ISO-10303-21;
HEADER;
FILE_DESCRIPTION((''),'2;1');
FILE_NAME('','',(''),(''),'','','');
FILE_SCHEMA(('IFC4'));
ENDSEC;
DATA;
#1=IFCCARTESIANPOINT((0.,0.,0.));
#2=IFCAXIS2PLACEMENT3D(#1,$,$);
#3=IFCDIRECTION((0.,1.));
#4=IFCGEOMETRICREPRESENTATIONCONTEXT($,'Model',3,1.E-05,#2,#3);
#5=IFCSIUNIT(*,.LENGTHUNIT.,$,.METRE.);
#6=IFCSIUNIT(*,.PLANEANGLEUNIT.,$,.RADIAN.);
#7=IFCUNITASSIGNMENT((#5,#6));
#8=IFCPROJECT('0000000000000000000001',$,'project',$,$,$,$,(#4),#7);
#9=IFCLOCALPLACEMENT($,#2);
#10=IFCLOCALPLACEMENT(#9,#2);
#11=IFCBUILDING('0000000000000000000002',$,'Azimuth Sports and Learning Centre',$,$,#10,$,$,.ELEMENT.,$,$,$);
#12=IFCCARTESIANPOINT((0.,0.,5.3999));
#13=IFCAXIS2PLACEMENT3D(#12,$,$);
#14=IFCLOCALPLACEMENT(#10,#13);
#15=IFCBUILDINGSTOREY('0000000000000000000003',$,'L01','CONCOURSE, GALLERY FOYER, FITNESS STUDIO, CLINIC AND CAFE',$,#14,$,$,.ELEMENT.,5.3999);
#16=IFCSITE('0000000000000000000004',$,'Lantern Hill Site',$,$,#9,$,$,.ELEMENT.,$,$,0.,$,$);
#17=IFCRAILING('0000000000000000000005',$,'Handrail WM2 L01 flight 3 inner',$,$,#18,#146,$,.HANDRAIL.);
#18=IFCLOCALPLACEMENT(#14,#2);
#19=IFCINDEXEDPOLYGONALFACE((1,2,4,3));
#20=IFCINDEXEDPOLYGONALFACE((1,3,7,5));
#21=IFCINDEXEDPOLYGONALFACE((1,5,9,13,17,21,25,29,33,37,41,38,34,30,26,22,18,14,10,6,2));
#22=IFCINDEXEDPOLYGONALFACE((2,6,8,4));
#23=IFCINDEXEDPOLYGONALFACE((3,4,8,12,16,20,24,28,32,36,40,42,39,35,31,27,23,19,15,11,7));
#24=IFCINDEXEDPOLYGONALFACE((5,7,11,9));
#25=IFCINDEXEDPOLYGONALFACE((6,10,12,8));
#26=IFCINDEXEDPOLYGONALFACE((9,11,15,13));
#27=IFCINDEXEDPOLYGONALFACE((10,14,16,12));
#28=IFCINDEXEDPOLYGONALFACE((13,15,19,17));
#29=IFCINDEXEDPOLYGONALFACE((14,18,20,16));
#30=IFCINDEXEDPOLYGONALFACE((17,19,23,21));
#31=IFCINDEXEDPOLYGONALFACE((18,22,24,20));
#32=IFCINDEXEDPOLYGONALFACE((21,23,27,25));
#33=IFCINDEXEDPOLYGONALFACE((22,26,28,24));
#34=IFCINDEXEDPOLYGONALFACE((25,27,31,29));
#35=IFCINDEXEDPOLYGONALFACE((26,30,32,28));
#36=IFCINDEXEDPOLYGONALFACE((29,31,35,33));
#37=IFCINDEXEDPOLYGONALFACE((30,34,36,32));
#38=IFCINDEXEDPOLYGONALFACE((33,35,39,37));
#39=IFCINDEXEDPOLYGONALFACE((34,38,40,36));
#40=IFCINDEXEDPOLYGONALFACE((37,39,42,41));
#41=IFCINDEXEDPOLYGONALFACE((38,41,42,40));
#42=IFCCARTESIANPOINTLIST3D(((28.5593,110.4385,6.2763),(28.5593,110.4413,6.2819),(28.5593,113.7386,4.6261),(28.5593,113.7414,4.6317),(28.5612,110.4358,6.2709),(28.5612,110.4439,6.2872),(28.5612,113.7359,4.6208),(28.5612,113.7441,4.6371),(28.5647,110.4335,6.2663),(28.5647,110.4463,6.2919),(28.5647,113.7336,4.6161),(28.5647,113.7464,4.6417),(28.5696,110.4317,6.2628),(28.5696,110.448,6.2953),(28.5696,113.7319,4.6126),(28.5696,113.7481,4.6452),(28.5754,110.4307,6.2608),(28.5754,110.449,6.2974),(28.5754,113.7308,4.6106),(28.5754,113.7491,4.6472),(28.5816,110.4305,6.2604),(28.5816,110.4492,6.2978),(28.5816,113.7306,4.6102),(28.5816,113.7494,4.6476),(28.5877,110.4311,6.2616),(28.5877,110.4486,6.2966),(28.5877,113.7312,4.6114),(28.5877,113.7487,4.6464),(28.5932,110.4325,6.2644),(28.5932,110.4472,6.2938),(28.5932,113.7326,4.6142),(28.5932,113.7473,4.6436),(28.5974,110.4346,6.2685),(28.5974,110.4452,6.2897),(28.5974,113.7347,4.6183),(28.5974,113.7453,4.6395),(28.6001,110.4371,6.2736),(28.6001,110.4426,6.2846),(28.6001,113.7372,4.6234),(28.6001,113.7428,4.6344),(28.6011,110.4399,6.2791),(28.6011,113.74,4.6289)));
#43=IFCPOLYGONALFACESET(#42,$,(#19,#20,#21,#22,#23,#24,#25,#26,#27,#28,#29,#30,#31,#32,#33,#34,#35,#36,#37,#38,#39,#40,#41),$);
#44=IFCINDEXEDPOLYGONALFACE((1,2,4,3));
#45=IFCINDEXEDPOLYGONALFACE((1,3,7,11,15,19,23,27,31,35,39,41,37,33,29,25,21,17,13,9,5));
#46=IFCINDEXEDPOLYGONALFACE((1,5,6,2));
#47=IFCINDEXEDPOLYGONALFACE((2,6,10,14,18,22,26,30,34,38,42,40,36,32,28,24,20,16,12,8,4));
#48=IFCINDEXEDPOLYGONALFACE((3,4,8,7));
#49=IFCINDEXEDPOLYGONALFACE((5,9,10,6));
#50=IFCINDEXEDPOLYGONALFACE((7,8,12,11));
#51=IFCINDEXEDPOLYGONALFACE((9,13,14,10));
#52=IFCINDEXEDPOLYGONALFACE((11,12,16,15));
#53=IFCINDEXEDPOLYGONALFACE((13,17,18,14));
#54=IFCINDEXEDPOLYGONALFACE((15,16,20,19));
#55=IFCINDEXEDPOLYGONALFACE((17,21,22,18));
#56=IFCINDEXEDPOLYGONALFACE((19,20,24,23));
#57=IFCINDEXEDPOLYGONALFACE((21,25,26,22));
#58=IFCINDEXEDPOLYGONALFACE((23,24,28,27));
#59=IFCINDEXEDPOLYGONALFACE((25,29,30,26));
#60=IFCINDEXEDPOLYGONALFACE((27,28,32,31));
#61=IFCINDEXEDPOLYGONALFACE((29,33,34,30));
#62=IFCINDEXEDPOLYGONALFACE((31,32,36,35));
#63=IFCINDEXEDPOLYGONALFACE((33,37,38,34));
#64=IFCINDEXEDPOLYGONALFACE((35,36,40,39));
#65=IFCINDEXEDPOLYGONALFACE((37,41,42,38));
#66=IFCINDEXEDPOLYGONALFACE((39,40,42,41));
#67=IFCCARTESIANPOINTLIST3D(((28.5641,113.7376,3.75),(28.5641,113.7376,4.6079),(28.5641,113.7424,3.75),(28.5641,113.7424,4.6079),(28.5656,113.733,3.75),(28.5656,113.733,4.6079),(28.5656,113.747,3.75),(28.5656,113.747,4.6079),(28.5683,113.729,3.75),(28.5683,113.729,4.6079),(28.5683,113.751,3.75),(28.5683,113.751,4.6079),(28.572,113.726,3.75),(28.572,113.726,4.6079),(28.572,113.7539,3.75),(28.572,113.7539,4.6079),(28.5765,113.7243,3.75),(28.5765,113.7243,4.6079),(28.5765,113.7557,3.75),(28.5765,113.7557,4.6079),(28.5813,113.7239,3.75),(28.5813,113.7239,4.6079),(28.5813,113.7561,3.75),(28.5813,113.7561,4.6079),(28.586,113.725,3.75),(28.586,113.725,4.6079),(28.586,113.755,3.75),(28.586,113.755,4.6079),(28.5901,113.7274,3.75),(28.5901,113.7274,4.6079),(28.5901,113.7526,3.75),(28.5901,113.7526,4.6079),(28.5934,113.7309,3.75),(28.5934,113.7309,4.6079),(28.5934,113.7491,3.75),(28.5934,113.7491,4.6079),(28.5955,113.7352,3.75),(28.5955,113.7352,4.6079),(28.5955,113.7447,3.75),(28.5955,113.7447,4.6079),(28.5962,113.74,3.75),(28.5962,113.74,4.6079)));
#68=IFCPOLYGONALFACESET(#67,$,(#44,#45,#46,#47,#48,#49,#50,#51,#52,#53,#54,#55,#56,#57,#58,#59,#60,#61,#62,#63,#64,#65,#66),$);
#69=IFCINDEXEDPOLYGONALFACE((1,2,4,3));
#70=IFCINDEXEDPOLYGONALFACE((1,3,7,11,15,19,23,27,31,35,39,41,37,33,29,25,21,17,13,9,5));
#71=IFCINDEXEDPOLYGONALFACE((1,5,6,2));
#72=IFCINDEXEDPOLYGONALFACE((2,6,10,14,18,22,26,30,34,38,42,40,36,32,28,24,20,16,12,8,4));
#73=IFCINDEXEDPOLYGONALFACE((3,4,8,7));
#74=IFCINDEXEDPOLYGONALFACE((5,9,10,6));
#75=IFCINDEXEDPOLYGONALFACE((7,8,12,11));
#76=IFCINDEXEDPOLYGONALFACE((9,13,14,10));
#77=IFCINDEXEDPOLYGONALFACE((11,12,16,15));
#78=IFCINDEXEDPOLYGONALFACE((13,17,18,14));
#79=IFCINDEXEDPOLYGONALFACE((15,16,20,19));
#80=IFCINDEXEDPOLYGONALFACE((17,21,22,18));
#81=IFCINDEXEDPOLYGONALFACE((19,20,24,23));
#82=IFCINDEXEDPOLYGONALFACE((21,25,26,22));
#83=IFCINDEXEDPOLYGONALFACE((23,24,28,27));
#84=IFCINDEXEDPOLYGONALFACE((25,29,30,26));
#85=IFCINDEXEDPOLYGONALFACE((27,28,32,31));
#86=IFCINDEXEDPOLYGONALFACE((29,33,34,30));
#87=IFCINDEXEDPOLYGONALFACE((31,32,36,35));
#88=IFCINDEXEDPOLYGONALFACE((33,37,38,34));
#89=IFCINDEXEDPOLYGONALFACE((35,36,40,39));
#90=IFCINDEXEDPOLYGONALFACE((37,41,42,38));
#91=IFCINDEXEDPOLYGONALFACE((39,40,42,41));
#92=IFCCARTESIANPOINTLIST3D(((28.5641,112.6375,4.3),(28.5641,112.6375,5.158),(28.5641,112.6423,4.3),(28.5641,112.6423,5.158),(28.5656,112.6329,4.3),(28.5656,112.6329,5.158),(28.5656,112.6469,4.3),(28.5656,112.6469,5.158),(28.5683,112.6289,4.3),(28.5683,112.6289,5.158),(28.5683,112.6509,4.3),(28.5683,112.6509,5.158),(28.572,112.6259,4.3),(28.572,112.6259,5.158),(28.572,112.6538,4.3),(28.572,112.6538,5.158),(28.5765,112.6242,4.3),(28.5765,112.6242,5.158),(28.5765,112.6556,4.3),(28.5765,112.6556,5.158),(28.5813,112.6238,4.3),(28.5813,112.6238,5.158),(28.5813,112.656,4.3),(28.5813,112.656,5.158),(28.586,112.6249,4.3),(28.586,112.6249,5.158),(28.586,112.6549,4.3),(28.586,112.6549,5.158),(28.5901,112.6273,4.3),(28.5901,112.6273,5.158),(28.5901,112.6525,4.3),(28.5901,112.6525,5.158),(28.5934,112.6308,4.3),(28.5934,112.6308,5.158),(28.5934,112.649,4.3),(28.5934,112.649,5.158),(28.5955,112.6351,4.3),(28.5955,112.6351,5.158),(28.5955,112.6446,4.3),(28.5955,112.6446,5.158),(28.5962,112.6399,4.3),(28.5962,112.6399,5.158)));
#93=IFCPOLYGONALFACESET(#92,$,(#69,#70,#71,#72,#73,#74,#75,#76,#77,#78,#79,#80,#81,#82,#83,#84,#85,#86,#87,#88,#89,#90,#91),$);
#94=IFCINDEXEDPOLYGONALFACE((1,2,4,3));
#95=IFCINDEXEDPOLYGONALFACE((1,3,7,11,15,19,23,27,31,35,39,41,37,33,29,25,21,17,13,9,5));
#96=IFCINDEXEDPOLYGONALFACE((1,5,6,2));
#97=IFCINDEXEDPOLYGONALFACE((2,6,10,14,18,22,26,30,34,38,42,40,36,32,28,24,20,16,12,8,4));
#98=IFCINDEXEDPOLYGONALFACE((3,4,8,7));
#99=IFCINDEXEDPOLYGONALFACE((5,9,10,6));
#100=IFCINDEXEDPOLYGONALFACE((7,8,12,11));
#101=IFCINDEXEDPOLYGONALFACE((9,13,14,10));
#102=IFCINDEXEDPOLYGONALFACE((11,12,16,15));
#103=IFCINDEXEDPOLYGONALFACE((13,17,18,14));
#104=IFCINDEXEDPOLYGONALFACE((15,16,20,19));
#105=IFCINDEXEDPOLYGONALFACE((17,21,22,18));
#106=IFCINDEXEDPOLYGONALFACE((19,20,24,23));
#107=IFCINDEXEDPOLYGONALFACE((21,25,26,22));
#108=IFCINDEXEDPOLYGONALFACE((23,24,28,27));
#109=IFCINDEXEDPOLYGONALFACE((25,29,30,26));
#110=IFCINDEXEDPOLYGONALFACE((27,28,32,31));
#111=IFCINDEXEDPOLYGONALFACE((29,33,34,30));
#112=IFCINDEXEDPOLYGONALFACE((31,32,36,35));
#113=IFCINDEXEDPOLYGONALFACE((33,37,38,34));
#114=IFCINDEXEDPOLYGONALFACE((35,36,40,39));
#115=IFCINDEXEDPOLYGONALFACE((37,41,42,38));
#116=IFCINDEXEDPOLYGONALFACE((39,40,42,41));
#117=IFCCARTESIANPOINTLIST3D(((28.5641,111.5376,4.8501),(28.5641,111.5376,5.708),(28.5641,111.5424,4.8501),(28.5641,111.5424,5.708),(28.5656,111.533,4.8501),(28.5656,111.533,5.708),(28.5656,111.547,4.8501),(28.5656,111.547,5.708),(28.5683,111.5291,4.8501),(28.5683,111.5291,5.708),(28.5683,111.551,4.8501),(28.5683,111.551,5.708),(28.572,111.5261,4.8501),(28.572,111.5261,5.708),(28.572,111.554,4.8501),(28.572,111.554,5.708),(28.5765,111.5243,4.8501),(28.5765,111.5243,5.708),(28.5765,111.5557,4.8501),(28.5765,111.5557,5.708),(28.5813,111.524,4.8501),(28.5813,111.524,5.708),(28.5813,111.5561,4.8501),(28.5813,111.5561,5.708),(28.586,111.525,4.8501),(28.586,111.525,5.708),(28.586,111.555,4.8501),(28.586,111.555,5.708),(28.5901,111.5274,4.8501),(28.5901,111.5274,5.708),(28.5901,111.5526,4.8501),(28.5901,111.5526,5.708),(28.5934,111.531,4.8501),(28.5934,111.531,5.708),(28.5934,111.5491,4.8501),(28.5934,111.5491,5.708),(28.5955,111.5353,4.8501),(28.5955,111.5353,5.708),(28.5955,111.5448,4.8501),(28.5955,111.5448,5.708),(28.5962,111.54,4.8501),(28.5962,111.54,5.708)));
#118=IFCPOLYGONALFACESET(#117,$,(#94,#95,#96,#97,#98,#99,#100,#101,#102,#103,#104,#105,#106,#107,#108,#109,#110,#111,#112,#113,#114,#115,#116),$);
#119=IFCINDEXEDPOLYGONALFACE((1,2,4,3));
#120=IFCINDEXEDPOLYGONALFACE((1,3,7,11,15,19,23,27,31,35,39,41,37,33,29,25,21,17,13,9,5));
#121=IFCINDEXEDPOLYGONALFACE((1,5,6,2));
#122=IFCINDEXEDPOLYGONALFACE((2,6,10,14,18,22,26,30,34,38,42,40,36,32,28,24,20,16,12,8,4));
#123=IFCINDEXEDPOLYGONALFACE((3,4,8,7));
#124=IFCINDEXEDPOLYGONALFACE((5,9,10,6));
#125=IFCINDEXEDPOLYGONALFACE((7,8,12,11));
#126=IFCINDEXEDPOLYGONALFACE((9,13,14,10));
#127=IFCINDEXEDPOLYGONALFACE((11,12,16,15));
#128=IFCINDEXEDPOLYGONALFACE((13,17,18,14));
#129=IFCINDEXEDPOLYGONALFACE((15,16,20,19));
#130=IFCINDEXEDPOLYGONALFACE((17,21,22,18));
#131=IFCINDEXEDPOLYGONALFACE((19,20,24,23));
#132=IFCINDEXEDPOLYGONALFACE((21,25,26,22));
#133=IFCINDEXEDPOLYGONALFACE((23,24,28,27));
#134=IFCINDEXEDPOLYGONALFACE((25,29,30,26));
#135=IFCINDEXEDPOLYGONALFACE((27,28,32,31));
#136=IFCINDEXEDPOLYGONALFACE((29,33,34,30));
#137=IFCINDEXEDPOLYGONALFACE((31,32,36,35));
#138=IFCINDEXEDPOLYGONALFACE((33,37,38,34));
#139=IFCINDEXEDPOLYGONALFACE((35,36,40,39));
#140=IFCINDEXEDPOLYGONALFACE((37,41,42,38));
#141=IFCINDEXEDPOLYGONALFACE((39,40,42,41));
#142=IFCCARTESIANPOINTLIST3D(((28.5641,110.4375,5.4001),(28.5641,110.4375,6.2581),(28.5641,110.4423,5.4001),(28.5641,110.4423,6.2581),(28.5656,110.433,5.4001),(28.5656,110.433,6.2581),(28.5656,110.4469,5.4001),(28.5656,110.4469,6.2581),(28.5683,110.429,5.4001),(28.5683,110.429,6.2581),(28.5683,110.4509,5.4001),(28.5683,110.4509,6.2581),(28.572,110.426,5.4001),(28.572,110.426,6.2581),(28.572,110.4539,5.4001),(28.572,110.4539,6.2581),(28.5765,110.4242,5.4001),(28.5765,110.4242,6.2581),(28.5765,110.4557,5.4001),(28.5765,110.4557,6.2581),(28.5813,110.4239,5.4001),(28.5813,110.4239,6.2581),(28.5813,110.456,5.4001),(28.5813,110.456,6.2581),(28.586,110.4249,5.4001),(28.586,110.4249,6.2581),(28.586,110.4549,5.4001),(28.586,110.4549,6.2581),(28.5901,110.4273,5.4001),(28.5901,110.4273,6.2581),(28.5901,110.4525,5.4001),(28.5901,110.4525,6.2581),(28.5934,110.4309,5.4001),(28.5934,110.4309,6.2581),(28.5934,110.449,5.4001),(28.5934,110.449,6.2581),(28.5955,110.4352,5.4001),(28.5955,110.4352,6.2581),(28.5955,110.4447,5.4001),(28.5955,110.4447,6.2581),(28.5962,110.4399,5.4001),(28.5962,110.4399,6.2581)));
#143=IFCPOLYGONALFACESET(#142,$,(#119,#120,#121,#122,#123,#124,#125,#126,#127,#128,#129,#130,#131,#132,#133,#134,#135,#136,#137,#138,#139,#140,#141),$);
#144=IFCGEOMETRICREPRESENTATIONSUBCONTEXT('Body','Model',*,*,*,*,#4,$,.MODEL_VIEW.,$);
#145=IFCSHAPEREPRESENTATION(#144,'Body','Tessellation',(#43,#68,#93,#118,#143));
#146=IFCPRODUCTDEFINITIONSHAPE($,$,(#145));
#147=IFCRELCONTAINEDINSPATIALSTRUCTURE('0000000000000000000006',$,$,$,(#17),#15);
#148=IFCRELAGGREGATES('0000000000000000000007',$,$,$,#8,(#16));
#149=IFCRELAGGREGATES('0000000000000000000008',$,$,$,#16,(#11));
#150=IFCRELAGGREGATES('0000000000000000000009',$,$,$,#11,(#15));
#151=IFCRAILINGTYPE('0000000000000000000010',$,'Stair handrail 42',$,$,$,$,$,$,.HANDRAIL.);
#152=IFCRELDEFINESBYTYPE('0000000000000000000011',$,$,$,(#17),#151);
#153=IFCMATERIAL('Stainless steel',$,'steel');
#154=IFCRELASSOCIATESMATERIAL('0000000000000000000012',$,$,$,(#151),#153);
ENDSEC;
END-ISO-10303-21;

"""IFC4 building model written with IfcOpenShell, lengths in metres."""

from ifc_helpers import new_model, si_unit, direction, frame, origin, origin_2d, place, context, subcontext, project, spatial, circle, extrude, material, type_object, element, save


model = new_model("IFC4")

# Units and contexts
model_context = context("Model", 3, precision=1e-05, world=origin(), true_north=direction((0.0, 1.0)))
body_context = subcontext(model_context, "Body", "Model", "MODEL_VIEW")
ifc_project = project(units=[si_unit("LENGTHUNIT", "METRE"), si_unit("PLANEANGLEUNIT", "RADIAN")], contexts=[model_context])

# Site, building, storey
site_placement = place(None, origin())
site = spatial("IfcSite", under=ifc_project, at=site_placement, Name="Lantern Hill Site", CompositionType="ELEMENT", RefElevation=0.0)
building_placement = place(site_placement, origin())
building = spatial("IfcBuilding", under=site, at=building_placement, Name="Azimuth Sports and Learning Centre", CompositionType="ELEMENT")
storey_placement = place(building_placement, frame((0.0, 0.0, 5.3999)))
storey = spatial("IfcBuildingStorey", under=building, at=storey_placement, Name="L01", Description="CONCOURSE, GALLERY FOYER, FITNESS STUDIO, CLINIC AND CAFE", CompositionType="ELEMENT", Elevation=5.3999)

# Railing
ifc_material_1 = material(Name="Stainless steel", Category="steel")
railing_type_1 = type_object("IfcRailingType", Name="Stair handrail 42", PredefinedType="HANDRAIL", material=ifc_material_1)
for number, where, name in (
    (1, (28.5801, 113.74, 3.75), "Handrail WM2 L01 flight 3 inner"),
):
    element("IfcRailing", number, at=place(storey_placement, frame(where)), inside=storey, type_object=railing_type_1, Name=name, PredefinedType="HANDRAIL", context=body_context, shape_type="SweptSolid", body=[
        extrude(circle(Radius=0.021, at=origin_2d()), frame((0.0, 0.0, 0.8789), z_axis=(0.0, -0.894414, 0.44724), x_axis=(1.0, 0.0, 0.0)), (0.0, 0.0, 1.0), 3.6897),
        extrude(circle(Radius=0.0161, at=origin_2d()), origin(), (0.0, 0.0, 1.0), 0.8579),
        extrude(circle(Radius=0.0161, at=origin_2d()), frame((0.0, -1.1001, 0.55)), (0.0, 0.0, 1.0), 0.8579),
        extrude(circle(Radius=0.0161, at=origin_2d()), frame((0.0, -2.2, 1.1001)), (0.0, 0.0, 1.0), 0.8579),
        extrude(circle(Radius=0.0161, at=origin_2d()), frame((0.0, -3.3, 1.6501)), (0.0, 0.0, 1.0), 0.8579),
    ])

save(model, "model.ifc")
